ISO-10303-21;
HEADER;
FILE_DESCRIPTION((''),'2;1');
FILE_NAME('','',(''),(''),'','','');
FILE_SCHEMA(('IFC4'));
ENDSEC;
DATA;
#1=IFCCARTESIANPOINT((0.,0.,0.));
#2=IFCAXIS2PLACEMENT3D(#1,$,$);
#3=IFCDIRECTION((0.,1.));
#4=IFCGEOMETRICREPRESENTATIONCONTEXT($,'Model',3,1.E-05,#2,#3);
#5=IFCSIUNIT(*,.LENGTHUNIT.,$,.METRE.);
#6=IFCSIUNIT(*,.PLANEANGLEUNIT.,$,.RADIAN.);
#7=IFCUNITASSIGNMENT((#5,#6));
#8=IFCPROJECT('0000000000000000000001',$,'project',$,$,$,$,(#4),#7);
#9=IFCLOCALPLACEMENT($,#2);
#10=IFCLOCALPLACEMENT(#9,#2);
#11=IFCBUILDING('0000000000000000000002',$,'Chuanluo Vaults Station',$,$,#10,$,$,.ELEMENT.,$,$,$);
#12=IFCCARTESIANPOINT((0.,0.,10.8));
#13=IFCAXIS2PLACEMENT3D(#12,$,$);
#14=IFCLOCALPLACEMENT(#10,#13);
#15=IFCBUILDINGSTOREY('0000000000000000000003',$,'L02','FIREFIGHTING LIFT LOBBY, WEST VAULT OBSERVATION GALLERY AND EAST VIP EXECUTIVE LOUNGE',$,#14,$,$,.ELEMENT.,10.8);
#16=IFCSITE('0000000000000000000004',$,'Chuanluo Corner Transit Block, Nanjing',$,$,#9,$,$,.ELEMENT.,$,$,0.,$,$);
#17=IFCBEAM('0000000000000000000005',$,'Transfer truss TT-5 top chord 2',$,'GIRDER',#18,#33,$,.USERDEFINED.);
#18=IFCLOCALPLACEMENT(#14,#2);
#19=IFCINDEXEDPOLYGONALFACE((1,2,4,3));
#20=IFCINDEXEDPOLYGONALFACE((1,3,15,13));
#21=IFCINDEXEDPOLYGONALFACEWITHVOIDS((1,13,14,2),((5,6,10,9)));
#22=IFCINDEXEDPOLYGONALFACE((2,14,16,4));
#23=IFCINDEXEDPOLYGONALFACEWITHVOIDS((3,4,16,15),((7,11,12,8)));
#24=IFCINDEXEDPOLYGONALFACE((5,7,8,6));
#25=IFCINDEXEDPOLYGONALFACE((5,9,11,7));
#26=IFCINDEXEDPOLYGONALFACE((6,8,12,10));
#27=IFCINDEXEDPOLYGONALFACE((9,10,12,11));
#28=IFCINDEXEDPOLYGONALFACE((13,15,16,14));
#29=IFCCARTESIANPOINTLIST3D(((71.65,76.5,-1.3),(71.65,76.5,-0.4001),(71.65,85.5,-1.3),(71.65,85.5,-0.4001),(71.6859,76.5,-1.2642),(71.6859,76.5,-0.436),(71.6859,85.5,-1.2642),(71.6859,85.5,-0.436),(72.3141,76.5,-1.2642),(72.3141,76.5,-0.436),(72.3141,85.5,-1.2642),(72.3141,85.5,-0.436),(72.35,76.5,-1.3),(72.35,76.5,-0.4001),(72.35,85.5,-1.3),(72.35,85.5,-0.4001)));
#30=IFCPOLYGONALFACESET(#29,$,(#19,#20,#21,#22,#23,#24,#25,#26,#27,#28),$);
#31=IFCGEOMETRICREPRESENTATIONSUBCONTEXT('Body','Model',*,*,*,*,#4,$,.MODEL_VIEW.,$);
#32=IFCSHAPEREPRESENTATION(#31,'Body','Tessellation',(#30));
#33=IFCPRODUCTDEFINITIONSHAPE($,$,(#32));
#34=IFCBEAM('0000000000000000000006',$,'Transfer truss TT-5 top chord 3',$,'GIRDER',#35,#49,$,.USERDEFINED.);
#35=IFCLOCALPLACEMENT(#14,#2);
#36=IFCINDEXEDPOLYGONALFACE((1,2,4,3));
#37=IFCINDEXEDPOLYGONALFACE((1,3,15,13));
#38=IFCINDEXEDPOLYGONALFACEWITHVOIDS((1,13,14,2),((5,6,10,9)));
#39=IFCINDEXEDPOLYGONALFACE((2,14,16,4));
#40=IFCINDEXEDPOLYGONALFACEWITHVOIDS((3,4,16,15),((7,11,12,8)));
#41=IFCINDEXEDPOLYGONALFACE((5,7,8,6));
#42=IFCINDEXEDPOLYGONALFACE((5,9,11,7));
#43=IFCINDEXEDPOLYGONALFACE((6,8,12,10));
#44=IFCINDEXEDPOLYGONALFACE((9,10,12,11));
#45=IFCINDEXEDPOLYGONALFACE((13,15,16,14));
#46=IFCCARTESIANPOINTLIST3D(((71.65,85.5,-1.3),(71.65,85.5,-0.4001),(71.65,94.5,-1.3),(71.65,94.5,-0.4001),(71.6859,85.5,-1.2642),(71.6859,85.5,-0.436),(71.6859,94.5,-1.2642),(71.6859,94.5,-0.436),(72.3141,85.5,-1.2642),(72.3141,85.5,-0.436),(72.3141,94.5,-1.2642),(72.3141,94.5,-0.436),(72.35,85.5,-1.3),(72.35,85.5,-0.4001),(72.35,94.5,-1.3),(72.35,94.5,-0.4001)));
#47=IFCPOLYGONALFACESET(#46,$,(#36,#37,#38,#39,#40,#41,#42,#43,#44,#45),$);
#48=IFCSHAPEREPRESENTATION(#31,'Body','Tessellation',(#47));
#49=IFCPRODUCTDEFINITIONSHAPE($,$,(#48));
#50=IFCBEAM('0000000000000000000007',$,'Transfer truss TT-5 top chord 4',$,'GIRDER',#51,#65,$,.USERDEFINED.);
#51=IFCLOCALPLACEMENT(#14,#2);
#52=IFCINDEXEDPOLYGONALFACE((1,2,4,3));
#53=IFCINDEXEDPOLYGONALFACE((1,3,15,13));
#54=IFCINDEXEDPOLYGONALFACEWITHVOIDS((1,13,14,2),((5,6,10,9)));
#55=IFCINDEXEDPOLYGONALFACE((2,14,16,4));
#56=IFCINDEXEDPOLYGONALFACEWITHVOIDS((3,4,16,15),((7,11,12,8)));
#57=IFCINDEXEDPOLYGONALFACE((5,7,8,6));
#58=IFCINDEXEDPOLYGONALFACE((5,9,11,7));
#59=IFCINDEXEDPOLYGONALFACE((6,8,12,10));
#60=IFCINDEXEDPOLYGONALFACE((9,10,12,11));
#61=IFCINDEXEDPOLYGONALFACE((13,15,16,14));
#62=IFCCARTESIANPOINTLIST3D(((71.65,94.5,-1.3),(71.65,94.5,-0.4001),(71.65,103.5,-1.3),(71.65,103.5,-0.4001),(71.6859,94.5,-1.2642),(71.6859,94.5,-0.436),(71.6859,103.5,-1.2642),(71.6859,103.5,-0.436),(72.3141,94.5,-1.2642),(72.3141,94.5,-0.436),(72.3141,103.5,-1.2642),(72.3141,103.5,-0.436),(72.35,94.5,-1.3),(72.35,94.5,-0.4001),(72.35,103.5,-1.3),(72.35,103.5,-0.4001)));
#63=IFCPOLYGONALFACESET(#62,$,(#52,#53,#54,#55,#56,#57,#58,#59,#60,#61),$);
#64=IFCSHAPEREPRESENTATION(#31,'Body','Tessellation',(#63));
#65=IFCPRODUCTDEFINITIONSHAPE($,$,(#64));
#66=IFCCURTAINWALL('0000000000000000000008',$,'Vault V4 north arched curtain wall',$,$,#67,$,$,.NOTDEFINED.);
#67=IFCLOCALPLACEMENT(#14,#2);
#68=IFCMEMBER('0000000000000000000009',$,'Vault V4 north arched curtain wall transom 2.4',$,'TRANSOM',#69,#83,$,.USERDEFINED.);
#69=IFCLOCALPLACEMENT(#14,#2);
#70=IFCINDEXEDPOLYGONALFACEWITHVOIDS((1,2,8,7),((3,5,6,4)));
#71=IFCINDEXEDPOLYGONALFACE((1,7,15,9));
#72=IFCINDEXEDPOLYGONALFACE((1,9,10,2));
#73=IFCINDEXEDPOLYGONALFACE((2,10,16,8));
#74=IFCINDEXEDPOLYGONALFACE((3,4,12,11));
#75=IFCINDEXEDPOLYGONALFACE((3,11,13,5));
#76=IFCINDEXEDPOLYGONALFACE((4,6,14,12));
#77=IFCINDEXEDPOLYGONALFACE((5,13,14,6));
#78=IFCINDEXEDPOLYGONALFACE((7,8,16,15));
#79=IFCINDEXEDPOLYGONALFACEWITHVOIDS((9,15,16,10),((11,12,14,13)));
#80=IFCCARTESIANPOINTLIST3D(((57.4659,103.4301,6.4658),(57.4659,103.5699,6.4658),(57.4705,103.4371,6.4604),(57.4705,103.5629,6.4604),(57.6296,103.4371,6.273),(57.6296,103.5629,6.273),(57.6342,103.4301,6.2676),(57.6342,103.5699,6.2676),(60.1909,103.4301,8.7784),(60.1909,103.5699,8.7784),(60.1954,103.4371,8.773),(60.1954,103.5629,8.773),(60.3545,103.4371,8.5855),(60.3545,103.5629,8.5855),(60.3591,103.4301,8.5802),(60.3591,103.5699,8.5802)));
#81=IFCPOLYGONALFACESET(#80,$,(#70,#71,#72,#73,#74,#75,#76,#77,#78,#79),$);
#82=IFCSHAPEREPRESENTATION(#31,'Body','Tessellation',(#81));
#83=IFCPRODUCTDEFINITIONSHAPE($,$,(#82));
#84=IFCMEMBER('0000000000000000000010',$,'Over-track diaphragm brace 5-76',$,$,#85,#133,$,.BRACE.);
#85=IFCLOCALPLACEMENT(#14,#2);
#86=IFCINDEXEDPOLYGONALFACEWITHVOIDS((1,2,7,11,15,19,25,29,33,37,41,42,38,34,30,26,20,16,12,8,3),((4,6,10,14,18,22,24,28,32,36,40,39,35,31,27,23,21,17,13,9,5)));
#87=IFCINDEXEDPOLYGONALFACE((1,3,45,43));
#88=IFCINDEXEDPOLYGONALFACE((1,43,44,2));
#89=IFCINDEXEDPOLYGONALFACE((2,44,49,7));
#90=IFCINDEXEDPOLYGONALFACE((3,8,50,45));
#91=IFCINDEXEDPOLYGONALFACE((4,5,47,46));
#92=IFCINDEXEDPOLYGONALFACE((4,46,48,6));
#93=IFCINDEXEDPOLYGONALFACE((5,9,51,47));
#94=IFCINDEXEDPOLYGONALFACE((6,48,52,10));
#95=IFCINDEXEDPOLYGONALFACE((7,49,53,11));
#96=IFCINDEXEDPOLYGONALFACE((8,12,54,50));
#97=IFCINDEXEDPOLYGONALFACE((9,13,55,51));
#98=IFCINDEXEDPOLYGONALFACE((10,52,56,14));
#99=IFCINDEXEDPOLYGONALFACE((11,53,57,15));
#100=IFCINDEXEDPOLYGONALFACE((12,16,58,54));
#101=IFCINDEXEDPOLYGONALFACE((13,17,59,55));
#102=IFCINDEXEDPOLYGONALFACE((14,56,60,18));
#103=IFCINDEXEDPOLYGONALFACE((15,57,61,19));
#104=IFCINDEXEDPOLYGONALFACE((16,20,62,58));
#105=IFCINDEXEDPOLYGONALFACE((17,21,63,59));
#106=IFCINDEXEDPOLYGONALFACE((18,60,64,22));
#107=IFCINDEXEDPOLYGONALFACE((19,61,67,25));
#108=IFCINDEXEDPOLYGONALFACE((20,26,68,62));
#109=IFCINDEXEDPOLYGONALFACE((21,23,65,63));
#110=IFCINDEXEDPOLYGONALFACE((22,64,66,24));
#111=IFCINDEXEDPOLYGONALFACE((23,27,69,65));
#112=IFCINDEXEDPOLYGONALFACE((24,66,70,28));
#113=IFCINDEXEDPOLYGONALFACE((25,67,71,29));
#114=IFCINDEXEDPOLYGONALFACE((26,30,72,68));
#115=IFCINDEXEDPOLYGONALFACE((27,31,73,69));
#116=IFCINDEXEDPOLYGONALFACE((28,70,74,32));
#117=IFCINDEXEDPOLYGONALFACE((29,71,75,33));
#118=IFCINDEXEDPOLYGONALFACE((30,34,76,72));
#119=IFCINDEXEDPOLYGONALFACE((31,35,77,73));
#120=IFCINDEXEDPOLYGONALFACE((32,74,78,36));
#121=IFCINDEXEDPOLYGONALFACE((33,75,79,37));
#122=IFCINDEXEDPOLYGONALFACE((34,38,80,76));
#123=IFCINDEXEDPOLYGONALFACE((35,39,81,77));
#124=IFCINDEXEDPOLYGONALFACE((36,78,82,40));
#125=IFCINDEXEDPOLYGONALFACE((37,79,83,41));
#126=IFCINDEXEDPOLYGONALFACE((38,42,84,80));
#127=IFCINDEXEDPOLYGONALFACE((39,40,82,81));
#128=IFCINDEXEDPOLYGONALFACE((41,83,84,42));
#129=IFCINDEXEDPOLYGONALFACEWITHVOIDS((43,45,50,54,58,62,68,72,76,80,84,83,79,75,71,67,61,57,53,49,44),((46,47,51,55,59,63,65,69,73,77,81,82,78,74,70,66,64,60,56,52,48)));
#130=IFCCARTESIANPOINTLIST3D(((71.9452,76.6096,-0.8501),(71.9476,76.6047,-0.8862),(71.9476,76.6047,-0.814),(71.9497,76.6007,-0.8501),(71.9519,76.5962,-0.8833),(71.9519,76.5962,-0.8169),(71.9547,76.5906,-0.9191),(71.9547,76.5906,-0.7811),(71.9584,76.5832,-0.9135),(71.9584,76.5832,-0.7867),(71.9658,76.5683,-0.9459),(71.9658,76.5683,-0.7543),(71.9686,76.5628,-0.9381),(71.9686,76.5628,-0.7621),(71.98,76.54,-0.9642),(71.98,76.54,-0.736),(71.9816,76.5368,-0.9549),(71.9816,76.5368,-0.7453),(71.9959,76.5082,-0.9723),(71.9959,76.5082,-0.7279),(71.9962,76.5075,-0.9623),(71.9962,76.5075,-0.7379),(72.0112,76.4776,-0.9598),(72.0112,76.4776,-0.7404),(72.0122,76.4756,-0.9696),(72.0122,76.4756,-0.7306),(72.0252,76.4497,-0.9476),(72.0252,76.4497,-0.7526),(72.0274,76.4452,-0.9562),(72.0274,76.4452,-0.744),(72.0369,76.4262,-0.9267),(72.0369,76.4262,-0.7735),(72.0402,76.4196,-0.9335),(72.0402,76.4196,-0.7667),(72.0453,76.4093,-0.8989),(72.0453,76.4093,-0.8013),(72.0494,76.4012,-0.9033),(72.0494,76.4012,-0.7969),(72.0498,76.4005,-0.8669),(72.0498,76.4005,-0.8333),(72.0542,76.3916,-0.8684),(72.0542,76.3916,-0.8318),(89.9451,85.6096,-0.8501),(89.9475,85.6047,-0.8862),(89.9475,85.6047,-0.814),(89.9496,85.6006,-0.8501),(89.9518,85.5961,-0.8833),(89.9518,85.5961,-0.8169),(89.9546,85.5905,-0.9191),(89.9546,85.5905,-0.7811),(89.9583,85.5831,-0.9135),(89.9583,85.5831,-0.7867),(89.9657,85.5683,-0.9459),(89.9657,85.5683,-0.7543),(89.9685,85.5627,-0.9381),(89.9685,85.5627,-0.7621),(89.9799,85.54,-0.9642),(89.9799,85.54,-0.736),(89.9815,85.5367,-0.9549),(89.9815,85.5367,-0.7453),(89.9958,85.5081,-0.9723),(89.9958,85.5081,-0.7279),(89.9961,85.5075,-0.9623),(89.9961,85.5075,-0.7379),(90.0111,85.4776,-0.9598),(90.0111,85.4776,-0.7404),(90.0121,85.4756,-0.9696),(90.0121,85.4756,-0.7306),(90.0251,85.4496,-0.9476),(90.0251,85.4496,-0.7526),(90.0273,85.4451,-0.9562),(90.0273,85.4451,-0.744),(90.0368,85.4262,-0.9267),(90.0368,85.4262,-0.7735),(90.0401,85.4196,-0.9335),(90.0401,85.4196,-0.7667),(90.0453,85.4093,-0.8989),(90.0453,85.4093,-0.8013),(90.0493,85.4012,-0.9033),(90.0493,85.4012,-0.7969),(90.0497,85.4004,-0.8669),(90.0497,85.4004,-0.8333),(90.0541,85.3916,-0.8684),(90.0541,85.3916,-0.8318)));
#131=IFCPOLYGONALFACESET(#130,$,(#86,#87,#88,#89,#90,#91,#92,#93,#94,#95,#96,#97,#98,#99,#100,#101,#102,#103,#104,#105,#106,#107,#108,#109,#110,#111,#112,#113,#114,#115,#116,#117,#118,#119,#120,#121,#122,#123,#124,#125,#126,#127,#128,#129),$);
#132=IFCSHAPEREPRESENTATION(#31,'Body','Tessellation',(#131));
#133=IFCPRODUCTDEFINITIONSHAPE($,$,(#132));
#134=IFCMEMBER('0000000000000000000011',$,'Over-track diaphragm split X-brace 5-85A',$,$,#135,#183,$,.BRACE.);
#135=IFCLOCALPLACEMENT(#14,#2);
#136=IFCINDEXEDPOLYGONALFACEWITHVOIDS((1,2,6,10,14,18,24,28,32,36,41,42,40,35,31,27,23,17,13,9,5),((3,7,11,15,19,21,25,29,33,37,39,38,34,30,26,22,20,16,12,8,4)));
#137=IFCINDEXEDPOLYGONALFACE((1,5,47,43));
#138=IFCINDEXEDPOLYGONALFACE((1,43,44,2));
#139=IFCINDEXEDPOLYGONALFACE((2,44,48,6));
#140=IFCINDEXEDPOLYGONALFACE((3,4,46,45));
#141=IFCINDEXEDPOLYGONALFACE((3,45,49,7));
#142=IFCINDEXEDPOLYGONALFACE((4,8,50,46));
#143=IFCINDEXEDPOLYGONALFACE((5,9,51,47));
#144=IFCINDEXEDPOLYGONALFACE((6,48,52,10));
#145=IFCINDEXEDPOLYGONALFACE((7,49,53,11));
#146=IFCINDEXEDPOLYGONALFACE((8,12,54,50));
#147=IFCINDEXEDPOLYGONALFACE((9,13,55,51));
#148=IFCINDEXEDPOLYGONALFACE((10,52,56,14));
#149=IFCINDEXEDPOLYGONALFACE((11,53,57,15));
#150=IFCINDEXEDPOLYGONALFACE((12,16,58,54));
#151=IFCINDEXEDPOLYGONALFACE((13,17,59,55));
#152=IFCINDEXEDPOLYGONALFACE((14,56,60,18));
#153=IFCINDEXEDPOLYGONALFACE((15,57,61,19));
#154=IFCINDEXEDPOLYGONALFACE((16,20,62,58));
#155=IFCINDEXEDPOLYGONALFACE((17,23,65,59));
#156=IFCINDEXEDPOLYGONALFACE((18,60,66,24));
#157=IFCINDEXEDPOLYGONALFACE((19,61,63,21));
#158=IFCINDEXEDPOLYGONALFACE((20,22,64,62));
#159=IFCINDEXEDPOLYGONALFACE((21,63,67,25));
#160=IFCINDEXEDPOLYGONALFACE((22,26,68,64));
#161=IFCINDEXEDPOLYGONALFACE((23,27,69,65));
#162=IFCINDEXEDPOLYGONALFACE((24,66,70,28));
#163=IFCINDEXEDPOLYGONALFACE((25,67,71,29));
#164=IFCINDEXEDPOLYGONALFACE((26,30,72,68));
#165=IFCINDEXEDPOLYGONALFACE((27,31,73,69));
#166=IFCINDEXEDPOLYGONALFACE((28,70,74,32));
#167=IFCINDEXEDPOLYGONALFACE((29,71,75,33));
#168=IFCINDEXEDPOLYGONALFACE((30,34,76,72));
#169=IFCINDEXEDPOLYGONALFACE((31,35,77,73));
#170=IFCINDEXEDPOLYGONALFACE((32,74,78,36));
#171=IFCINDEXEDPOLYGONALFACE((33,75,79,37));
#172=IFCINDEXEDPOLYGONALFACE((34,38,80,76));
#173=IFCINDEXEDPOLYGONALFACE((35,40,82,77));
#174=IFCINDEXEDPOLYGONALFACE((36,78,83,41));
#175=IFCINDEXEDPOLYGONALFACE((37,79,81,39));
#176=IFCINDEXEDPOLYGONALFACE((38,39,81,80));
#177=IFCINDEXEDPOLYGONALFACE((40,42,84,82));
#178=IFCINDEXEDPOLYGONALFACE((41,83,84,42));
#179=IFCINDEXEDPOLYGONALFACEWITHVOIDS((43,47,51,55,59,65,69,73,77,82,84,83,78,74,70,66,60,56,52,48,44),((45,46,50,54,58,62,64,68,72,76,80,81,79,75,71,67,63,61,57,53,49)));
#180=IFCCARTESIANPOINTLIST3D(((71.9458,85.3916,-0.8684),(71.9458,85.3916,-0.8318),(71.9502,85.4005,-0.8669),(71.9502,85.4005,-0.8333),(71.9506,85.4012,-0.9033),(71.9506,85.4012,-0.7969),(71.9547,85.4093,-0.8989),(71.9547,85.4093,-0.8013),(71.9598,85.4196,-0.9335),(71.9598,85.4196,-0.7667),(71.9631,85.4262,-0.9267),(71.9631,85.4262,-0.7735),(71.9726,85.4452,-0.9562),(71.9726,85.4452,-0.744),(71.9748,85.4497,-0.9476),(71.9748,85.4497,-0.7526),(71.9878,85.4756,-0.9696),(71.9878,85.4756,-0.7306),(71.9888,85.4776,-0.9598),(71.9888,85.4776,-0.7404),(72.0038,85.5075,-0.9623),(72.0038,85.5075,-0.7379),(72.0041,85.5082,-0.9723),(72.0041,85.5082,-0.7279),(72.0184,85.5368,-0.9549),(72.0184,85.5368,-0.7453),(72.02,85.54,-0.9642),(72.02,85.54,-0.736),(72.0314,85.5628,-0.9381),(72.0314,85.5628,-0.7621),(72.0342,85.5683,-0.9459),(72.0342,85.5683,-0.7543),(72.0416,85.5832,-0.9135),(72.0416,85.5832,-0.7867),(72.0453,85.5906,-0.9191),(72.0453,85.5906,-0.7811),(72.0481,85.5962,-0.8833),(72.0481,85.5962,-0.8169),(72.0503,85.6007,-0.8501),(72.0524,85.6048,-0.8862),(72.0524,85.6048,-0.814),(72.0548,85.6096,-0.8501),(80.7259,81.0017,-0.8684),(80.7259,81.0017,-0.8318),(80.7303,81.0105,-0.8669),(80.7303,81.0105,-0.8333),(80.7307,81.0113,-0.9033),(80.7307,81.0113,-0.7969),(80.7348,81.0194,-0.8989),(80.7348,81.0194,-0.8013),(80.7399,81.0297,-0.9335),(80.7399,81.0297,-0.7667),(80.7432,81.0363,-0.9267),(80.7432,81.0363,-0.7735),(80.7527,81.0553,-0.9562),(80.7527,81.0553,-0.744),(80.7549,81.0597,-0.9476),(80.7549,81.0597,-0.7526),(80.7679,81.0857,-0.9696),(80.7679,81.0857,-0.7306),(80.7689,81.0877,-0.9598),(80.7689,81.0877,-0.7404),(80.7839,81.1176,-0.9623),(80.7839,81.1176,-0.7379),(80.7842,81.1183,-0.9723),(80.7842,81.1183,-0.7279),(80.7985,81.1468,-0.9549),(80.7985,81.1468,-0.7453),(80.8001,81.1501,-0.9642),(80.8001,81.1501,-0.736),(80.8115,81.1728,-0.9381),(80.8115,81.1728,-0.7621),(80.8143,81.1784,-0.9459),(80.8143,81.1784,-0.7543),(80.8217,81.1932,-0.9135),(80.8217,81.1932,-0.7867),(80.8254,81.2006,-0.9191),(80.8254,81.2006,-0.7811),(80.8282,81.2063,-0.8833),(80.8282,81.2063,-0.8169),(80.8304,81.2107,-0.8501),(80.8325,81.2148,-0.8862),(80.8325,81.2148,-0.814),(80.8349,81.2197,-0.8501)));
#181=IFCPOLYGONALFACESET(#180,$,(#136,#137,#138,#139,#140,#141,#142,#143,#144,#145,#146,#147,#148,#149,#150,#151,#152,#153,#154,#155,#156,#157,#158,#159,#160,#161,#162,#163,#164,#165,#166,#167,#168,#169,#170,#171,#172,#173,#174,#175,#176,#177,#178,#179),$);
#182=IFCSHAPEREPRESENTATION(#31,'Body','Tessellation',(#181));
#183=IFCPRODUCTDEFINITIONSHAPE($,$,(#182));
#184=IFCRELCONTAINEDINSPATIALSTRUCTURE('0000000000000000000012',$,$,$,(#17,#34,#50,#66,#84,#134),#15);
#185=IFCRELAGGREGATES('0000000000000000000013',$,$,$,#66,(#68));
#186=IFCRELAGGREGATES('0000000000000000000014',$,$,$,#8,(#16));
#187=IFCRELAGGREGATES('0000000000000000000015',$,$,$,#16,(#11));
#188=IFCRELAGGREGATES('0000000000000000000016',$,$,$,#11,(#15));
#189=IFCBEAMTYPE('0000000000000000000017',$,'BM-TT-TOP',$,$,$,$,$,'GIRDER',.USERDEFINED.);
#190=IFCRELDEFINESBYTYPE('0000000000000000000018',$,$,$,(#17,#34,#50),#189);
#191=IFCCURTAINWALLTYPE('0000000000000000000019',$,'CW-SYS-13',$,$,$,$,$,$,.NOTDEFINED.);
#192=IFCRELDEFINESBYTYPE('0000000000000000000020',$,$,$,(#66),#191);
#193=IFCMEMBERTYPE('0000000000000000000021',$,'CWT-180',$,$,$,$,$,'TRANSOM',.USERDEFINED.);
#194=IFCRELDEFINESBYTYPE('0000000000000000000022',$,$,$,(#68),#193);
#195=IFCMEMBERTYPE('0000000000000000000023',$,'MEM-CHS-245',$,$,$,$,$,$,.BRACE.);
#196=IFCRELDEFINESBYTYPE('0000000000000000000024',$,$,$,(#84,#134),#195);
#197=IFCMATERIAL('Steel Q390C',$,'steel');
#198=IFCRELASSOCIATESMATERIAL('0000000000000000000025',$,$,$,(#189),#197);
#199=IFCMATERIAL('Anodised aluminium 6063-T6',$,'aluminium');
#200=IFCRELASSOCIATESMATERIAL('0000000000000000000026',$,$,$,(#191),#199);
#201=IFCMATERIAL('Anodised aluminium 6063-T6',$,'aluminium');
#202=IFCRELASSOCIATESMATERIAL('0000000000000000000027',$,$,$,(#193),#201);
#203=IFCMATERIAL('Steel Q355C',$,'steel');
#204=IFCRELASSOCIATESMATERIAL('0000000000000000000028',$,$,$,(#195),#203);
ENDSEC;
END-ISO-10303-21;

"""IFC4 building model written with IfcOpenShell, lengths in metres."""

from ifc_helpers import new_model, si_unit, direction, frame, origin, origin_2d, place, context, subcontext, project, spatial, hollow_rectangle, hollow_circle, extrude, material, material_profile, profile_set, type_object, element, aggregate, save


model = new_model("IFC4")

# Units and contexts
model_context = context("Model", 3, precision=1e-05, world=origin(), true_north=direction((0.0, 1.0)))
body_context = subcontext(model_context, "Body", "Model", "MODEL_VIEW")
ifc_project = project(units=[si_unit("LENGTHUNIT", "METRE"), si_unit("PLANEANGLEUNIT", "RADIAN")], contexts=[model_context])

# Site, building, storey
site_placement = place(None, origin())
site = spatial("IfcSite", under=ifc_project, at=site_placement, Name="Chuanluo Corner Transit Block, Nanjing", CompositionType="ELEMENT", RefElevation=0.0)
building_placement = place(site_placement, origin())
building = spatial("IfcBuilding", under=site, at=building_placement, Name="Chuanluo Vaults Station", CompositionType="ELEMENT")
storey_placement = place(building_placement, frame((0.0, 0.0, 10.8)))
storey = spatial("IfcBuildingStorey", under=building, at=storey_placement, Name="L02", Description="FIREFIGHTING LIFT LOBBY, WEST VAULT OBSERVATION GALLERY AND EAST VIP EXECUTIVE LOUNGE", CompositionType="ELEMENT", Elevation=10.8)

# Beams
ifc_material_1 = material(Name="Steel Q390C", Category="steel")
ifc_material_profile_1 = material_profile(ifc_material_1, hollow_rectangle(XDim=0.7, YDim=0.8999, WallThickness=0.0359, at=origin_2d()))
ifc_profile_set_1 = profile_set([ifc_material_profile_1], Name="Steel Q390C")
beam_type_1 = type_object("IfcBeamType", Name="BM-TT-TOP", ElementType="GIRDER", PredefinedType="USERDEFINED", material=ifc_profile_set_1)
for number, where, z_axis, x_axis, name in (
    (1, (72.0, 76.5, -0.8501), (0.0, 1.0, 0.0), (-1.0, 0.0, 0.0), "Transfer truss TT-5 top chord 2"),
    (2, (72.0, 85.5, -0.8501), (0.0, 1.0, 0.0), (-1.0, 0.0, 0.0), "Transfer truss TT-5 top chord 3"),
    (3, (72.0, 94.5, -0.8501), (0.0, 1.0, 0.0), (-1.0, 0.0, 0.0), "Transfer truss TT-5 top chord 4"),
):
    element("IfcBeam", number, at=place(storey_placement, frame(where, z_axis=z_axis, x_axis=x_axis)), inside=storey, type_object=beam_type_1, Name=name, ObjectType="GIRDER", PredefinedType="USERDEFINED", context=body_context, shape_type="SweptSolid", body=[
        extrude(hollow_rectangle(XDim=0.7, YDim=0.8999, WallThickness=0.0359, at=origin_2d()), origin(), (0.0, 0.0, 1.0), 9.0),
    ])

# Curtain wall, member
ifc_material_2 = material(Name="Anodised aluminium 6063-T6", Category="aluminium")
curtain_wall_type = type_object("IfcCurtainWallType", Name="CW-SYS-13", PredefinedType="NOTDEFINED", material=ifc_material_2)
curtain_wall_placement = place(storey_placement, origin())
curtain_wall = element("IfcCurtainWall", 4, at=curtain_wall_placement, inside=storey, type_object=curtain_wall_type, Name="Vault V4 north arched curtain wall", PredefinedType="NOTDEFINED")
ifc_material_3 = material(Name="Anodised aluminium 6063-T6", Category="aluminium")
ifc_material_profile_2 = material_profile(ifc_material_3, hollow_rectangle(XDim=0.1399, YDim=0.26, WallThickness=0.0071, at=origin_2d()))
ifc_profile_set_2 = profile_set([ifc_material_profile_2], Name="Anodised aluminium 6063-T6")
member_type_1 = type_object("IfcMemberType", Name="CWT-180", ElementType="TRANSOM", PredefinedType="USERDEFINED", material=ifc_profile_set_2)
member_1_placement = place(storey_placement, frame((57.55, 103.5, 6.3667), z_axis=(0.76244, 0.0, 0.647059), x_axis=(0.0, 1.0, 0.0)))
member_1 = element("IfcMember", 5, at=member_1_placement, type_object=member_type_1, Name="Vault V4 north arched curtain wall transom 2.4", ObjectType="TRANSOM", PredefinedType="USERDEFINED", context=body_context, shape_type="SweptSolid", body=[
    extrude(hollow_rectangle(XDim=0.1399, YDim=0.26, WallThickness=0.0071, at=origin_2d()), origin(), (0.0, 0.0, 1.0), 3.574),
])
aggregate(curtain_wall, [member_1])

# Members
ifc_material_4 = material(Name="Steel Q355C", Category="steel")
ifc_material_profile_3 = material_profile(ifc_material_4, hollow_circle(Radius=0.1226, WallThickness=0.01, at=origin_2d()))
ifc_profile_set_3 = profile_set([ifc_material_profile_3], Name="Steel Q355C")
member_type_2 = type_object("IfcMemberType", Name="MEM-CHS-245", PredefinedType="BRACE", material=ifc_profile_set_3)
member_2_placement = place(storey_placement, frame((72.0, 76.5, -0.8501), z_axis=(0.894427, 0.447214, 0.0), x_axis=(-0.447214, 0.894427, 0.0)))
element("IfcMember", 6, at=member_2_placement, inside=storey, type_object=member_type_2, Name="Over-track diaphragm brace 5-76", PredefinedType="BRACE", context=body_context, shape_type="SweptSolid", body=[
    extrude(hollow_circle(Radius=0.1226, WallThickness=0.01, at=origin_2d()), origin(), (0.0, 0.0, 1.0), 20.1245),
])
member_3_placement = place(storey_placement, frame((72.0, 85.5, -0.8501), z_axis=(0.894432, -0.447204, 0.0), x_axis=(0.447204, 0.894432, 0.0)))
element("IfcMember", 7, at=member_3_placement, inside=storey, type_object=member_type_2, Name="Over-track diaphragm split X-brace 5-85A", PredefinedType="BRACE", context=body_context, shape_type="SweptSolid", body=[
    extrude(hollow_circle(Radius=0.1226, WallThickness=0.01, at=origin_2d()), origin(), (0.0, 0.0, 1.0), 9.8164),
])

save(model, "model.ifc")
